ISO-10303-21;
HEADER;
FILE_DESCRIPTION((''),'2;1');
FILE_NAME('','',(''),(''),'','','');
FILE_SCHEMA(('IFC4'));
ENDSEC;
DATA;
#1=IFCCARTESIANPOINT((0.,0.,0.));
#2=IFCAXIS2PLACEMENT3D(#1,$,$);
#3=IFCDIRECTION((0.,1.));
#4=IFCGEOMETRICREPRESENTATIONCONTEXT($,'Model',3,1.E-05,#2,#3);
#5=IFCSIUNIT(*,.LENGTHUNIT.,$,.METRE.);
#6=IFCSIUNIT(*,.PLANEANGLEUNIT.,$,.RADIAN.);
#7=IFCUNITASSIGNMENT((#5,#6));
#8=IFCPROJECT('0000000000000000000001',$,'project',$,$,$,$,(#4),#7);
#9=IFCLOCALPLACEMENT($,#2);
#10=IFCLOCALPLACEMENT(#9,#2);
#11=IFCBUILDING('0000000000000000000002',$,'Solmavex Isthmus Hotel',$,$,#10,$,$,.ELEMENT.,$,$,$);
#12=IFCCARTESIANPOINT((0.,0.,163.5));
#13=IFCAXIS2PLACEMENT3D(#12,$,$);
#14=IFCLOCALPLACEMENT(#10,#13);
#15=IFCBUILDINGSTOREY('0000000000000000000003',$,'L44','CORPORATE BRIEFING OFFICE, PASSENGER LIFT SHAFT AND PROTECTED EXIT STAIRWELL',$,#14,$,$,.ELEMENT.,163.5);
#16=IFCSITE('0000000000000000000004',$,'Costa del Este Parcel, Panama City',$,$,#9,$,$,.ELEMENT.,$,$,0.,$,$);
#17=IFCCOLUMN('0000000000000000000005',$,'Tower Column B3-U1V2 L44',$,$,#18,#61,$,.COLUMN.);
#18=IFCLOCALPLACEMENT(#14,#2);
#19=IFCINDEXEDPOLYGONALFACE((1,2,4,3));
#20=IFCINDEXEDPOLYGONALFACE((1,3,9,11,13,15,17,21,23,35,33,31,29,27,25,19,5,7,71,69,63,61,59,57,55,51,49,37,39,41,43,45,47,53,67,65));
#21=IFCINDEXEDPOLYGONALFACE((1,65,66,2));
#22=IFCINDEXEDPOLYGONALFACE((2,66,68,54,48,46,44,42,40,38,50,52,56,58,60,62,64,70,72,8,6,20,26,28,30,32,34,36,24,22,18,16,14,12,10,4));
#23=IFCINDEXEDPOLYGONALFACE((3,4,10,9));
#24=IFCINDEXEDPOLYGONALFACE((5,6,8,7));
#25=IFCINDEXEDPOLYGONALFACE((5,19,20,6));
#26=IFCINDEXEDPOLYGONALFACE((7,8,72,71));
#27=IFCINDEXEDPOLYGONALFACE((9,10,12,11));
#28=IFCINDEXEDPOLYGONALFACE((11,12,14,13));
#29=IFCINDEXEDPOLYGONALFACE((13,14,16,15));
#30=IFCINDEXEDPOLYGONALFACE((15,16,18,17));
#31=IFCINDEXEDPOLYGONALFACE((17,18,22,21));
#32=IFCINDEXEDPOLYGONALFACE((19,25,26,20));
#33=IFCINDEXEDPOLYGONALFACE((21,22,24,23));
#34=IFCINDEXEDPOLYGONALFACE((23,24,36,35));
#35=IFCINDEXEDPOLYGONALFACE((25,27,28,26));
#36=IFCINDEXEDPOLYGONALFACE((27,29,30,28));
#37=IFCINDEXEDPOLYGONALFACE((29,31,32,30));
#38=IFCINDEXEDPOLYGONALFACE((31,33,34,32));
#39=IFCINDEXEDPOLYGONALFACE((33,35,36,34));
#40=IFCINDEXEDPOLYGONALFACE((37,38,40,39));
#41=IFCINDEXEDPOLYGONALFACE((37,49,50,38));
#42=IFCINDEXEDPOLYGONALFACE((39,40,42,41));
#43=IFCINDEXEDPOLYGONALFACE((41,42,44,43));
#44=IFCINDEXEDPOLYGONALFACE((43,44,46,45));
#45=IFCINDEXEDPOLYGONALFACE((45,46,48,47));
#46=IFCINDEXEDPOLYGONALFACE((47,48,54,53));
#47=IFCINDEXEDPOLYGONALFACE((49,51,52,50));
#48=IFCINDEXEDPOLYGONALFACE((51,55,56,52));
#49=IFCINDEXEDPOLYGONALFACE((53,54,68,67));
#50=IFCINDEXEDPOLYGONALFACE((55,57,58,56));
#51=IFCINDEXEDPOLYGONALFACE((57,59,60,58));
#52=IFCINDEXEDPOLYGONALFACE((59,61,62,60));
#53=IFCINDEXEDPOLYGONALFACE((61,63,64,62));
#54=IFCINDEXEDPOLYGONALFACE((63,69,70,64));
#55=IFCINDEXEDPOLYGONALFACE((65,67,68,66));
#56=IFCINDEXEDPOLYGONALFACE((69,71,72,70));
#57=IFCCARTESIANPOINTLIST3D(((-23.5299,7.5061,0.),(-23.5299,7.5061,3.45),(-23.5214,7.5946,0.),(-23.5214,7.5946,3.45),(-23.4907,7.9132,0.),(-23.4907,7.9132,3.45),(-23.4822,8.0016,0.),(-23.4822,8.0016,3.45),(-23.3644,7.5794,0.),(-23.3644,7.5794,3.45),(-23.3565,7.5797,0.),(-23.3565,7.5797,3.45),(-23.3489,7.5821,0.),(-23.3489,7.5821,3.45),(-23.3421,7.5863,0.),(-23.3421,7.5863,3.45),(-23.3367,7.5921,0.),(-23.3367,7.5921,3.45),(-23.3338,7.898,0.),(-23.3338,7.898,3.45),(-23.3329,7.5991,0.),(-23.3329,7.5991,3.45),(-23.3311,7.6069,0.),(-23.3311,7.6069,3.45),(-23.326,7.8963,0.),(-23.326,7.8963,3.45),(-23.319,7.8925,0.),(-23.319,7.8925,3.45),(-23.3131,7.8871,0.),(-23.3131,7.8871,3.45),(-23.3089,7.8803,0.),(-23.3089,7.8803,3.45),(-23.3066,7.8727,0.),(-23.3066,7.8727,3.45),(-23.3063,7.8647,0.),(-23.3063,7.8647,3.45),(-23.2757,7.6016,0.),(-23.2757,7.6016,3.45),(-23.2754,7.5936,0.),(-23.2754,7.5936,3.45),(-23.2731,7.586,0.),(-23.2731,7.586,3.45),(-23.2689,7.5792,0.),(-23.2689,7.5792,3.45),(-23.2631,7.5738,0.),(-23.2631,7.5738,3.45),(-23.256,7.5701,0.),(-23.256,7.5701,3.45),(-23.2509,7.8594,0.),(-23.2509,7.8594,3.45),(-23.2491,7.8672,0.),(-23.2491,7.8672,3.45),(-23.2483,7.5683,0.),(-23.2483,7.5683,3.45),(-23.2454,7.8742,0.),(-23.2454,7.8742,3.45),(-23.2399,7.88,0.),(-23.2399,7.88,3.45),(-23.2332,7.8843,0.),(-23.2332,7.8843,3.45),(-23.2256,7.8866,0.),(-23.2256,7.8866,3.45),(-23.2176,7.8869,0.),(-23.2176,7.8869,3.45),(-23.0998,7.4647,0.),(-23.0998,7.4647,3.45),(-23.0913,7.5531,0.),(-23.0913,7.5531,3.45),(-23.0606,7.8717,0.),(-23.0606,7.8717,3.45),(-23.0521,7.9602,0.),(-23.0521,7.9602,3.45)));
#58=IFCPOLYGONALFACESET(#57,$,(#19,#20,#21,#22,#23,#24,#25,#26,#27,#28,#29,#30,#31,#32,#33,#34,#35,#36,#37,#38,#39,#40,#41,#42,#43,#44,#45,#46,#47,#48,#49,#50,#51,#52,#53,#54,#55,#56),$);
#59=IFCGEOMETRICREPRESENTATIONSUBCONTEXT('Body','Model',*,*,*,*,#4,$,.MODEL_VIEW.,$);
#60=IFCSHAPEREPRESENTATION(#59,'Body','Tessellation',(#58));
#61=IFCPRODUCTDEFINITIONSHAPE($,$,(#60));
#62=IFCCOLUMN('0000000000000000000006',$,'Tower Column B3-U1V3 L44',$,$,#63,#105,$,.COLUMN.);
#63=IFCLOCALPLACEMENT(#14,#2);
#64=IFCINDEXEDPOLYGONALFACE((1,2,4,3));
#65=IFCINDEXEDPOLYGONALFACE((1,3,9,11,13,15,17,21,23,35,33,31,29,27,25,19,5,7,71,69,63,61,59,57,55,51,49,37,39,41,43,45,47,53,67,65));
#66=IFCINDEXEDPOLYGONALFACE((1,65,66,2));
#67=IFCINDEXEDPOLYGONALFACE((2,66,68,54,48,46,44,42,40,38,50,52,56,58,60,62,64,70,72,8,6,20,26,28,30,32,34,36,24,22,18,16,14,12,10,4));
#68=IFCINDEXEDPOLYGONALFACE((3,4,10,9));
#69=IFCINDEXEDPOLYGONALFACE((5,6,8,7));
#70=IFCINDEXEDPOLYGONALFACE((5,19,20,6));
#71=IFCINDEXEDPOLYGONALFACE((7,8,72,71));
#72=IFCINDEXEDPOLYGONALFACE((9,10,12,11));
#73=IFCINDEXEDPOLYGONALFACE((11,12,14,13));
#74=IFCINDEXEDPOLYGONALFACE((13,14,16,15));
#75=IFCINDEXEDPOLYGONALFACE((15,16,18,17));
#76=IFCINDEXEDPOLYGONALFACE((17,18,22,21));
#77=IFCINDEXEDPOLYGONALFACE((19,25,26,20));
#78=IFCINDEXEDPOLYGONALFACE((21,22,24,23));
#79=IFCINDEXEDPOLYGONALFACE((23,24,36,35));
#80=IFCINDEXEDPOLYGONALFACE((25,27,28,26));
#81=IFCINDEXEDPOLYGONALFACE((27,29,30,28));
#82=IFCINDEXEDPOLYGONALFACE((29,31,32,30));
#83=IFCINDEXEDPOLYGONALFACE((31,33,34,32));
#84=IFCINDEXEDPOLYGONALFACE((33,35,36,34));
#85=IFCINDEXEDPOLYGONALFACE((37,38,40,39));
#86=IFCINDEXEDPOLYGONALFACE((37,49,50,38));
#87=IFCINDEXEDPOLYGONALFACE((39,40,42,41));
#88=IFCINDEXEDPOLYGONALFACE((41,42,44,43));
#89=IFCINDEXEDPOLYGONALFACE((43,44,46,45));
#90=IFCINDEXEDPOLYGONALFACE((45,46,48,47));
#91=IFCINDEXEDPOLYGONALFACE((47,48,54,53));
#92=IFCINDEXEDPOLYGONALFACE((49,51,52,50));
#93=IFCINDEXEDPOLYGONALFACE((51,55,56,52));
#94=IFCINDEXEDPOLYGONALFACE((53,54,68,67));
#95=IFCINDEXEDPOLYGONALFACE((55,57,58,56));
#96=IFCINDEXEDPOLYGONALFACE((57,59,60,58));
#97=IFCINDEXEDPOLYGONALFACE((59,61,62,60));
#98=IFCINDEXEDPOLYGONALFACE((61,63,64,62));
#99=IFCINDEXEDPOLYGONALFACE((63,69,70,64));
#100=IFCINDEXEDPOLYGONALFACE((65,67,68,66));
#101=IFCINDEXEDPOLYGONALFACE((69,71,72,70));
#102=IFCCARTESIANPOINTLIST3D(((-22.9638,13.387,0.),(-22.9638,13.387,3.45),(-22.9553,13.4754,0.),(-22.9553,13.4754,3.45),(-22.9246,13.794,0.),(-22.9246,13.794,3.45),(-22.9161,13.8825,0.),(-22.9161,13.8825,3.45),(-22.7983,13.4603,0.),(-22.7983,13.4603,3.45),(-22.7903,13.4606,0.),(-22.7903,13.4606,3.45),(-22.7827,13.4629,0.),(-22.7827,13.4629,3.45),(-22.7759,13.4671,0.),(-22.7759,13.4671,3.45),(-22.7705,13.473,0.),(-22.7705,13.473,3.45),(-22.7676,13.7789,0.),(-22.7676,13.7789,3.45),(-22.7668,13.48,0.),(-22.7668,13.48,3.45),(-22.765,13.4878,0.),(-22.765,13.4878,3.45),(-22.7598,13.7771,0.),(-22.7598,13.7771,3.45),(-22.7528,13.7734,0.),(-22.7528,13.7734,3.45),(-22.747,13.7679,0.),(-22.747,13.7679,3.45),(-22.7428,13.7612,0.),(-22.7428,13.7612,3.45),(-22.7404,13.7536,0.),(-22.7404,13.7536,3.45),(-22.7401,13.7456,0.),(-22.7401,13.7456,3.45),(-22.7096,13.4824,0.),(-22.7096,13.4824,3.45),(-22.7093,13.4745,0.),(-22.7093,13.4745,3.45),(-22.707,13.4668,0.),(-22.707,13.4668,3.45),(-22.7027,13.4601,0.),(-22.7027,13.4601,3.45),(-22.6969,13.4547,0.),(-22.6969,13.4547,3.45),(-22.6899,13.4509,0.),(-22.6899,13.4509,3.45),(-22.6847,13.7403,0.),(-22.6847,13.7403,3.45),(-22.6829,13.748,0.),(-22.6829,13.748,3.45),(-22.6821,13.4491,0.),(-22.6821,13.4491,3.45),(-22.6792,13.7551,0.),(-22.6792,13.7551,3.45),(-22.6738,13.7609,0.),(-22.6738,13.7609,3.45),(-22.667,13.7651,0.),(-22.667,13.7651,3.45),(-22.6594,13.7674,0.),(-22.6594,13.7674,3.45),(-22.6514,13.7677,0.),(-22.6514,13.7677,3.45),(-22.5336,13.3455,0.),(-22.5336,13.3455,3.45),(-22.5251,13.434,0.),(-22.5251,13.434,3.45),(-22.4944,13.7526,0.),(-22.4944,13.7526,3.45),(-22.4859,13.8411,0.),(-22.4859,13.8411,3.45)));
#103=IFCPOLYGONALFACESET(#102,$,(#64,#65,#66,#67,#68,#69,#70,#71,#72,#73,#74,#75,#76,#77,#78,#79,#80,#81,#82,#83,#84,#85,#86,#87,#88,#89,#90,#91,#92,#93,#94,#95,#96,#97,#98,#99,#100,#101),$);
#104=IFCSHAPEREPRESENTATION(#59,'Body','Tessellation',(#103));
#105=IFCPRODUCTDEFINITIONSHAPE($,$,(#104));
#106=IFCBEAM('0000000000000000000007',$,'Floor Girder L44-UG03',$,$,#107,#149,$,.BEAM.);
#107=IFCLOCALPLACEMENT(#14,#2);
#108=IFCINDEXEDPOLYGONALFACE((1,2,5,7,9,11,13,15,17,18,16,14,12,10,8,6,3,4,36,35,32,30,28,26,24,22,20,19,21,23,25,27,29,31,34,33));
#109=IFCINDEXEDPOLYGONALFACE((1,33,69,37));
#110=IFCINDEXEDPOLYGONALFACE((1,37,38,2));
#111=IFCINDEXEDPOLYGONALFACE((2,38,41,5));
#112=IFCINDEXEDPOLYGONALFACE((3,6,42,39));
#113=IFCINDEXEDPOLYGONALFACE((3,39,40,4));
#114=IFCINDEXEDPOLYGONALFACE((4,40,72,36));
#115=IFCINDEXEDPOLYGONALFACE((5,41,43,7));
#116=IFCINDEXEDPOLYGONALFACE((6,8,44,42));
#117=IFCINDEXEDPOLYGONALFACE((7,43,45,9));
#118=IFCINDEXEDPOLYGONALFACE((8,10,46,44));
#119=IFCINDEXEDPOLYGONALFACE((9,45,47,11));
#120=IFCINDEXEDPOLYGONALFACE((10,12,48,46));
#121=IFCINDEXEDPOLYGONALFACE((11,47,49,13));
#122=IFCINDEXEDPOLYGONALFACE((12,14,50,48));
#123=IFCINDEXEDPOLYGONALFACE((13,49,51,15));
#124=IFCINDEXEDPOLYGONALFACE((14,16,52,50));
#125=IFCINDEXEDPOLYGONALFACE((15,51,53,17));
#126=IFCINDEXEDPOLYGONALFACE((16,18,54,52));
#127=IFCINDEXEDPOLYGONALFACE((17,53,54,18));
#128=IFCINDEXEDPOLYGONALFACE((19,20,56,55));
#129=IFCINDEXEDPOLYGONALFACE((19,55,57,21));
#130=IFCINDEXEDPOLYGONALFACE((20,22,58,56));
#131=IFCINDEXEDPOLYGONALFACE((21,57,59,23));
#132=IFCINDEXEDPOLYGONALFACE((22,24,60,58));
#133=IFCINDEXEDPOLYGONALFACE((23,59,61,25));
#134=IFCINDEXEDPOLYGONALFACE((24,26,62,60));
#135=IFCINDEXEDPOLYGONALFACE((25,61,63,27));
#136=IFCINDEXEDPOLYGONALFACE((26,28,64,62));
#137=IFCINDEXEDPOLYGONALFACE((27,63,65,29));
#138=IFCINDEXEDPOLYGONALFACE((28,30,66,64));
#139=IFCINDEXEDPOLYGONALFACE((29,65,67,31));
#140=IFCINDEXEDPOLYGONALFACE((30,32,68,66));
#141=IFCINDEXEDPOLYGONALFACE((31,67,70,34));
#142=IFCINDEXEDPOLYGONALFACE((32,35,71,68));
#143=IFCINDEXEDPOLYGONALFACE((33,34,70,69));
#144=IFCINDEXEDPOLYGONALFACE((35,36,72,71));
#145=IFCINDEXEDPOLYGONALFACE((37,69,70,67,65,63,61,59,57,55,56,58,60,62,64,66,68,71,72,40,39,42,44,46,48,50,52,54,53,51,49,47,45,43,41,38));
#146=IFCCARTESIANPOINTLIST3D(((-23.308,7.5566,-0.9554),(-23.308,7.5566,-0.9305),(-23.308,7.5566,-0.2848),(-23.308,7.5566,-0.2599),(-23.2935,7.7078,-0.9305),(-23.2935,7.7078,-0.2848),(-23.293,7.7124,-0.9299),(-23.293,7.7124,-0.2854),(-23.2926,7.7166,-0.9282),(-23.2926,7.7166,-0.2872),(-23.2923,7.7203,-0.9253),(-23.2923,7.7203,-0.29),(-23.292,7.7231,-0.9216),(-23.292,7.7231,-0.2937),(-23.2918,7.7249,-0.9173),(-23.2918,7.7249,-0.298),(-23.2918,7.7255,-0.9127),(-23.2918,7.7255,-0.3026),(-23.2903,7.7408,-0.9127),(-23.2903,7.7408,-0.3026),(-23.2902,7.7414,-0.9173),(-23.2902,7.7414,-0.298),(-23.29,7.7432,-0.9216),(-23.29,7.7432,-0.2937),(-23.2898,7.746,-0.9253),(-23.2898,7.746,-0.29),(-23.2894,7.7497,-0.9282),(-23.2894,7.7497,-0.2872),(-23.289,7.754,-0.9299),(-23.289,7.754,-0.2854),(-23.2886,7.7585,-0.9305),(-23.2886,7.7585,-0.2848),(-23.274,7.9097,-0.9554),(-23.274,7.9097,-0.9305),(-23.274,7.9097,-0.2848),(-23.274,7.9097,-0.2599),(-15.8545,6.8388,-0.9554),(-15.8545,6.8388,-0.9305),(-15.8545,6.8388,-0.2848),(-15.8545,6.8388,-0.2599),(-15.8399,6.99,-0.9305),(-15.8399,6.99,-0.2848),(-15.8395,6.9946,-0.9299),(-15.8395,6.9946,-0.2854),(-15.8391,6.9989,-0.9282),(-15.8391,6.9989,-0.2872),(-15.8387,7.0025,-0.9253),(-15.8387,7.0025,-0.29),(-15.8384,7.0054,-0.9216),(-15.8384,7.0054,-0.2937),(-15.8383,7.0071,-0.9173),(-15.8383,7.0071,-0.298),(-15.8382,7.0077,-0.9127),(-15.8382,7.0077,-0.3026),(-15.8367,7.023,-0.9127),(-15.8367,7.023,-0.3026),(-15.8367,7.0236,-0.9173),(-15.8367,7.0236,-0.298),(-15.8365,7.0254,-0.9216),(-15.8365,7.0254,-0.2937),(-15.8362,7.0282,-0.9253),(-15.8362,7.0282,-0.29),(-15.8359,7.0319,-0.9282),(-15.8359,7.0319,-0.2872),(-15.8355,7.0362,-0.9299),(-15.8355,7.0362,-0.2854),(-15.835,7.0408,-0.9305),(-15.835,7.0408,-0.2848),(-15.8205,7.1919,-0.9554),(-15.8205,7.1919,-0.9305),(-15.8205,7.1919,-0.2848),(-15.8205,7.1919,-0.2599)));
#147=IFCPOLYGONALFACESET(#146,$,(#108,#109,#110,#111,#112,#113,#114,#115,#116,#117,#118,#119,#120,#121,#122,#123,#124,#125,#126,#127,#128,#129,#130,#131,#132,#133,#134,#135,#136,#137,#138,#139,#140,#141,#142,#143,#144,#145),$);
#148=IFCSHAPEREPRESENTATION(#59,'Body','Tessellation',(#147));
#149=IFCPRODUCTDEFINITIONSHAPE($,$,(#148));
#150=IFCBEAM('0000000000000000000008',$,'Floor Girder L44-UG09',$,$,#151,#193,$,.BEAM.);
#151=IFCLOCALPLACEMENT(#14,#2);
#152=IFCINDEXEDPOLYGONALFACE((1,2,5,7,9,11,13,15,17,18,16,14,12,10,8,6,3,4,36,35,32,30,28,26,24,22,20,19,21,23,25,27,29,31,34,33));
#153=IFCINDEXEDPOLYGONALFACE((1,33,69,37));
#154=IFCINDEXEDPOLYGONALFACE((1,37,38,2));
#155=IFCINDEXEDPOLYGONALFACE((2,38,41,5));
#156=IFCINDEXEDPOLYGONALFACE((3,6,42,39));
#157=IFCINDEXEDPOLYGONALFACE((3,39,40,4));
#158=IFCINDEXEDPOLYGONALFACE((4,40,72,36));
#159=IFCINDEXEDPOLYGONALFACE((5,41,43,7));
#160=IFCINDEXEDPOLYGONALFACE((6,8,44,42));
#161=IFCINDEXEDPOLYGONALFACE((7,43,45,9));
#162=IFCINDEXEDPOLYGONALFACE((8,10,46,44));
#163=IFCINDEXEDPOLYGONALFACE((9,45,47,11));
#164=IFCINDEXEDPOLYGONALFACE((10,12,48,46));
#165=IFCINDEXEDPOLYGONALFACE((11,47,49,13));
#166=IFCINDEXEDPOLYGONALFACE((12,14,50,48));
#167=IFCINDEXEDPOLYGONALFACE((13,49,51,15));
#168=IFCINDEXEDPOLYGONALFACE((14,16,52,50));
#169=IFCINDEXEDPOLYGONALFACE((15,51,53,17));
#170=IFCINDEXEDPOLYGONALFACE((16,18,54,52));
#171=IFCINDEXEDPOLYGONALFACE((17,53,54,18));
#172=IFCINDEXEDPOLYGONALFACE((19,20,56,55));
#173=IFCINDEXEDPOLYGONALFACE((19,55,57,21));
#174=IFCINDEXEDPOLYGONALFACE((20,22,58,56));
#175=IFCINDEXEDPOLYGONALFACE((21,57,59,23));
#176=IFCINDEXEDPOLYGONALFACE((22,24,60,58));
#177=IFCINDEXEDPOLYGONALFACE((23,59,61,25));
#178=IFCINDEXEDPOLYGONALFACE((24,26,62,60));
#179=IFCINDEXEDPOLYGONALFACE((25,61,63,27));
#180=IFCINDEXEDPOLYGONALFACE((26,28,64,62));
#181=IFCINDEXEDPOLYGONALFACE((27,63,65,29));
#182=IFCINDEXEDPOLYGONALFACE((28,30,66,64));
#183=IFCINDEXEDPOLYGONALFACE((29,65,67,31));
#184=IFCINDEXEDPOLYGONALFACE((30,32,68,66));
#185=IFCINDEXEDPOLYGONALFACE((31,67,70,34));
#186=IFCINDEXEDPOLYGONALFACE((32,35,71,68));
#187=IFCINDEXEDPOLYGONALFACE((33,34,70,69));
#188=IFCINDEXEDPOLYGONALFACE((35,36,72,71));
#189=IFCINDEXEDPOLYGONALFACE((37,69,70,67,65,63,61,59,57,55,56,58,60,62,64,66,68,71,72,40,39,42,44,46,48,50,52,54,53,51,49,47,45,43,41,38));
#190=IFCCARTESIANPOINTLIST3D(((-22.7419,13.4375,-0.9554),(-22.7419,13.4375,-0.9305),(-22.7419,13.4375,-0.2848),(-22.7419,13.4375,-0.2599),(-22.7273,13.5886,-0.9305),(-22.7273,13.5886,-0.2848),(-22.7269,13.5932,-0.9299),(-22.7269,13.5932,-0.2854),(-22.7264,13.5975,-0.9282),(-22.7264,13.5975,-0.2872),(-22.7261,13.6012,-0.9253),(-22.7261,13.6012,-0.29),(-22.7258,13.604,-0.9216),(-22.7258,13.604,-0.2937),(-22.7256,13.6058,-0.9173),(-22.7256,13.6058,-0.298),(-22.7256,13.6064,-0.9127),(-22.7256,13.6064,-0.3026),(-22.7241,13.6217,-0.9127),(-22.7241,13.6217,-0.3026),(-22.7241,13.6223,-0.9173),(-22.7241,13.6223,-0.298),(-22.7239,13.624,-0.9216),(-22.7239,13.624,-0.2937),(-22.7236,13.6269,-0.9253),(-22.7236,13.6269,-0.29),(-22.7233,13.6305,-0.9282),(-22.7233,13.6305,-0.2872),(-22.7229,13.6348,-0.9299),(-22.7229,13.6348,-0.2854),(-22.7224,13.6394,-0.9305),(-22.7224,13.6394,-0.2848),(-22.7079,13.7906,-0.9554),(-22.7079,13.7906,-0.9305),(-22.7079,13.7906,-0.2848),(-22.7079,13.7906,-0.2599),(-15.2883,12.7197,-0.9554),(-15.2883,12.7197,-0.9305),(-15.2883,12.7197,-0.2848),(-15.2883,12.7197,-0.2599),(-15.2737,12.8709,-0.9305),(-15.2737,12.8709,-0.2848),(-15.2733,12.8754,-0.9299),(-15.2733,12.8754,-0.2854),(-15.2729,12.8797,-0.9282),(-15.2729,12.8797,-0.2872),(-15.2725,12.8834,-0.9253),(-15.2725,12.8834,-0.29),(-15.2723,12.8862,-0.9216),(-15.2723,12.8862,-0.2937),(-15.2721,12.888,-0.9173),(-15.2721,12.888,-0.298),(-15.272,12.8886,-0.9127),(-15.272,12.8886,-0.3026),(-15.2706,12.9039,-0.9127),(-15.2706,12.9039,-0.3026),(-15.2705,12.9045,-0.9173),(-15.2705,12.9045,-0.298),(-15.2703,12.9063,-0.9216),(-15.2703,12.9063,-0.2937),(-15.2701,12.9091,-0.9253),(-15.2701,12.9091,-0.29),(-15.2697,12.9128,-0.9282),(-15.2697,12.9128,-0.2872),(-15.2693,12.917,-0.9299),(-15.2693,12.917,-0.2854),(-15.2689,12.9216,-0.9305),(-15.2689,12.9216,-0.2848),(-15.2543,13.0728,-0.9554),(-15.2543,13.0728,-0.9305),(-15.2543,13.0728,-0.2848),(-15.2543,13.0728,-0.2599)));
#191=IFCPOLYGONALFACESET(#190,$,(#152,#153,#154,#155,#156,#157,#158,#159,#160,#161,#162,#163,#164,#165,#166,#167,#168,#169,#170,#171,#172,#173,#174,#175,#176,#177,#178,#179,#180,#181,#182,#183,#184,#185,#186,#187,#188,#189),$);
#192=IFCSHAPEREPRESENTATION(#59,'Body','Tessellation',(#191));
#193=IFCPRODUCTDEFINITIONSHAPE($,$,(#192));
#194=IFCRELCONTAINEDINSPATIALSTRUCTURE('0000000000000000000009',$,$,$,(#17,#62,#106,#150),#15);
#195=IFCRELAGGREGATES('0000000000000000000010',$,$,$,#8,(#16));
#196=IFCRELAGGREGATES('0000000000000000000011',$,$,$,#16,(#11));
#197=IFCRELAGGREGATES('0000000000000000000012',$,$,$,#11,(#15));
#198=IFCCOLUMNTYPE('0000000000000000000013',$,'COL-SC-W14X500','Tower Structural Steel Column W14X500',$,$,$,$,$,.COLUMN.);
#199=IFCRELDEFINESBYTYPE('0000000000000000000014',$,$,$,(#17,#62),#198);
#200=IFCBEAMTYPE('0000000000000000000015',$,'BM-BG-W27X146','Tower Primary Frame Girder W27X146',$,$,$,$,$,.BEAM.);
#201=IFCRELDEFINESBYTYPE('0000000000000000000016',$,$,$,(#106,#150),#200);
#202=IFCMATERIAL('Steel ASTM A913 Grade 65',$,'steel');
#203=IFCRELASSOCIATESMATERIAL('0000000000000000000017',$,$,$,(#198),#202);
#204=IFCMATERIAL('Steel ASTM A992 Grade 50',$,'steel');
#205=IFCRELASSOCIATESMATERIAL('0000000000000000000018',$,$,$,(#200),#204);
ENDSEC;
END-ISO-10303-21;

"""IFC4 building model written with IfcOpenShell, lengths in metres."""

from ifc_helpers import new_model, si_unit, direction, frame, origin, origin_2d, place, context, subcontext, project, spatial, i_section, extrude, material, material_profile, profile_set, type_object, element, save


model = new_model("IFC4")

# Units and contexts
model_context = context("Model", 3, precision=1e-05, world=origin(), true_north=direction((0.0, 1.0)))
body_context = subcontext(model_context, "Body", "Model", "MODEL_VIEW")
ifc_project = project(units=[si_unit("LENGTHUNIT", "METRE"), si_unit("PLANEANGLEUNIT", "RADIAN")], contexts=[model_context])

# Site, building, storey
site_placement = place(None, origin())
site = spatial("IfcSite", under=ifc_project, at=site_placement, Name="Costa del Este Parcel, Panama City", CompositionType="ELEMENT", RefElevation=0.0)
building_placement = place(site_placement, origin())
building = spatial("IfcBuilding", under=site, at=building_placement, Name="Solmavex Isthmus Hotel", CompositionType="ELEMENT")
storey_placement = place(building_placement, frame((0.0, 0.0, 163.5)))
storey = spatial("IfcBuildingStorey", under=building, at=storey_placement, Name="L44", Description="CORPORATE BRIEFING OFFICE, PASSENGER LIFT SHAFT AND PROTECTED EXIT STAIRWELL", CompositionType="ELEMENT", Elevation=163.5)

# Columns
ifc_material_1 = material(Name="Steel ASTM A913 Grade 65", Category="steel")
ifc_material_profile_1 = material_profile(ifc_material_1, i_section(OverallWidth=0.4321, OverallDepth=0.4978, WebThickness=0.0557, FlangeThickness=0.0889, FilletRadius=0.0305, at=origin_2d()), Name="W14X500")
ifc_profile_set_1 = profile_set([ifc_material_profile_1], Name="Steel ASTM A913 Grade 65")
column_type = type_object("IfcColumnType", Name="COL-SC-W14X500", Description="Tower Structural Steel Column W14X500", PredefinedType="COLUMN", material=ifc_profile_set_1)
for number, where, z_axis, x_axis, name in (
    (1, (-23.291, 7.7332, 0.0), (0.0, 0.0, 1.0), (0.995396, -0.095846, 0.0), "Tower Column B3-U1V2 L44"),
    (2, (-22.7249, 13.614, 0.0), (0.0, 0.0, 1.0), (0.995396, -0.095846, 0.0), "Tower Column B3-U1V3 L44"),
):
    element("IfcColumn", number, at=place(storey_placement, frame(where, z_axis=z_axis, x_axis=x_axis)), inside=storey, type_object=column_type, Name=name, PredefinedType="COLUMN", context=body_context, shape_type="SweptSolid", body=[
        extrude(i_section(OverallWidth=0.4321, OverallDepth=0.4978, WebThickness=0.0557, FlangeThickness=0.0889, FilletRadius=0.0305, at=origin_2d()), origin(), (0.0, 0.0, 1.0), 3.45),
    ])

# Beams
ifc_material_2 = material(Name="Steel ASTM A992 Grade 50", Category="steel")
ifc_material_profile_2 = material_profile(ifc_material_2, i_section(OverallWidth=0.3547, OverallDepth=0.6956, WebThickness=0.0154, FlangeThickness=0.0249, FilletRadius=0.0178, at=origin_2d()), Name="W27X146")
ifc_profile_set_2 = profile_set([ifc_material_profile_2], Name="Steel ASTM A992 Grade 50")
beam_type_1 = type_object("IfcBeamType", Name="BM-BG-W27X146", Description="Tower Primary Frame Girder W27X146", PredefinedType="BEAM", material=ifc_profile_set_2)
for number, where, z_axis, x_axis, name in (
    (3, (-23.291, 7.7332, -0.6077), (0.995395, -0.095855, 0.0), (0.095855, 0.995395, 0.0), "Floor Girder L44-UG03"),
    (4, (-22.7249, 13.614, -0.6077), (0.995395, -0.095855, 0.0), (0.095855, 0.995395, 0.0), "Floor Girder L44-UG09"),
):
    element("IfcBeam", number, at=place(storey_placement, frame(where, z_axis=z_axis, x_axis=x_axis)), inside=storey, type_object=beam_type_1, Name=name, PredefinedType="BEAM", context=body_context, shape_type="SweptSolid", body=[
        extrude(i_section(OverallWidth=0.3547, OverallDepth=0.6956, WebThickness=0.0154, FlangeThickness=0.0249, FilletRadius=0.0178, at=origin_2d()), origin(), (0.0, 0.0, 1.0), 7.488),
    ])

save(model, "model.ifc")
